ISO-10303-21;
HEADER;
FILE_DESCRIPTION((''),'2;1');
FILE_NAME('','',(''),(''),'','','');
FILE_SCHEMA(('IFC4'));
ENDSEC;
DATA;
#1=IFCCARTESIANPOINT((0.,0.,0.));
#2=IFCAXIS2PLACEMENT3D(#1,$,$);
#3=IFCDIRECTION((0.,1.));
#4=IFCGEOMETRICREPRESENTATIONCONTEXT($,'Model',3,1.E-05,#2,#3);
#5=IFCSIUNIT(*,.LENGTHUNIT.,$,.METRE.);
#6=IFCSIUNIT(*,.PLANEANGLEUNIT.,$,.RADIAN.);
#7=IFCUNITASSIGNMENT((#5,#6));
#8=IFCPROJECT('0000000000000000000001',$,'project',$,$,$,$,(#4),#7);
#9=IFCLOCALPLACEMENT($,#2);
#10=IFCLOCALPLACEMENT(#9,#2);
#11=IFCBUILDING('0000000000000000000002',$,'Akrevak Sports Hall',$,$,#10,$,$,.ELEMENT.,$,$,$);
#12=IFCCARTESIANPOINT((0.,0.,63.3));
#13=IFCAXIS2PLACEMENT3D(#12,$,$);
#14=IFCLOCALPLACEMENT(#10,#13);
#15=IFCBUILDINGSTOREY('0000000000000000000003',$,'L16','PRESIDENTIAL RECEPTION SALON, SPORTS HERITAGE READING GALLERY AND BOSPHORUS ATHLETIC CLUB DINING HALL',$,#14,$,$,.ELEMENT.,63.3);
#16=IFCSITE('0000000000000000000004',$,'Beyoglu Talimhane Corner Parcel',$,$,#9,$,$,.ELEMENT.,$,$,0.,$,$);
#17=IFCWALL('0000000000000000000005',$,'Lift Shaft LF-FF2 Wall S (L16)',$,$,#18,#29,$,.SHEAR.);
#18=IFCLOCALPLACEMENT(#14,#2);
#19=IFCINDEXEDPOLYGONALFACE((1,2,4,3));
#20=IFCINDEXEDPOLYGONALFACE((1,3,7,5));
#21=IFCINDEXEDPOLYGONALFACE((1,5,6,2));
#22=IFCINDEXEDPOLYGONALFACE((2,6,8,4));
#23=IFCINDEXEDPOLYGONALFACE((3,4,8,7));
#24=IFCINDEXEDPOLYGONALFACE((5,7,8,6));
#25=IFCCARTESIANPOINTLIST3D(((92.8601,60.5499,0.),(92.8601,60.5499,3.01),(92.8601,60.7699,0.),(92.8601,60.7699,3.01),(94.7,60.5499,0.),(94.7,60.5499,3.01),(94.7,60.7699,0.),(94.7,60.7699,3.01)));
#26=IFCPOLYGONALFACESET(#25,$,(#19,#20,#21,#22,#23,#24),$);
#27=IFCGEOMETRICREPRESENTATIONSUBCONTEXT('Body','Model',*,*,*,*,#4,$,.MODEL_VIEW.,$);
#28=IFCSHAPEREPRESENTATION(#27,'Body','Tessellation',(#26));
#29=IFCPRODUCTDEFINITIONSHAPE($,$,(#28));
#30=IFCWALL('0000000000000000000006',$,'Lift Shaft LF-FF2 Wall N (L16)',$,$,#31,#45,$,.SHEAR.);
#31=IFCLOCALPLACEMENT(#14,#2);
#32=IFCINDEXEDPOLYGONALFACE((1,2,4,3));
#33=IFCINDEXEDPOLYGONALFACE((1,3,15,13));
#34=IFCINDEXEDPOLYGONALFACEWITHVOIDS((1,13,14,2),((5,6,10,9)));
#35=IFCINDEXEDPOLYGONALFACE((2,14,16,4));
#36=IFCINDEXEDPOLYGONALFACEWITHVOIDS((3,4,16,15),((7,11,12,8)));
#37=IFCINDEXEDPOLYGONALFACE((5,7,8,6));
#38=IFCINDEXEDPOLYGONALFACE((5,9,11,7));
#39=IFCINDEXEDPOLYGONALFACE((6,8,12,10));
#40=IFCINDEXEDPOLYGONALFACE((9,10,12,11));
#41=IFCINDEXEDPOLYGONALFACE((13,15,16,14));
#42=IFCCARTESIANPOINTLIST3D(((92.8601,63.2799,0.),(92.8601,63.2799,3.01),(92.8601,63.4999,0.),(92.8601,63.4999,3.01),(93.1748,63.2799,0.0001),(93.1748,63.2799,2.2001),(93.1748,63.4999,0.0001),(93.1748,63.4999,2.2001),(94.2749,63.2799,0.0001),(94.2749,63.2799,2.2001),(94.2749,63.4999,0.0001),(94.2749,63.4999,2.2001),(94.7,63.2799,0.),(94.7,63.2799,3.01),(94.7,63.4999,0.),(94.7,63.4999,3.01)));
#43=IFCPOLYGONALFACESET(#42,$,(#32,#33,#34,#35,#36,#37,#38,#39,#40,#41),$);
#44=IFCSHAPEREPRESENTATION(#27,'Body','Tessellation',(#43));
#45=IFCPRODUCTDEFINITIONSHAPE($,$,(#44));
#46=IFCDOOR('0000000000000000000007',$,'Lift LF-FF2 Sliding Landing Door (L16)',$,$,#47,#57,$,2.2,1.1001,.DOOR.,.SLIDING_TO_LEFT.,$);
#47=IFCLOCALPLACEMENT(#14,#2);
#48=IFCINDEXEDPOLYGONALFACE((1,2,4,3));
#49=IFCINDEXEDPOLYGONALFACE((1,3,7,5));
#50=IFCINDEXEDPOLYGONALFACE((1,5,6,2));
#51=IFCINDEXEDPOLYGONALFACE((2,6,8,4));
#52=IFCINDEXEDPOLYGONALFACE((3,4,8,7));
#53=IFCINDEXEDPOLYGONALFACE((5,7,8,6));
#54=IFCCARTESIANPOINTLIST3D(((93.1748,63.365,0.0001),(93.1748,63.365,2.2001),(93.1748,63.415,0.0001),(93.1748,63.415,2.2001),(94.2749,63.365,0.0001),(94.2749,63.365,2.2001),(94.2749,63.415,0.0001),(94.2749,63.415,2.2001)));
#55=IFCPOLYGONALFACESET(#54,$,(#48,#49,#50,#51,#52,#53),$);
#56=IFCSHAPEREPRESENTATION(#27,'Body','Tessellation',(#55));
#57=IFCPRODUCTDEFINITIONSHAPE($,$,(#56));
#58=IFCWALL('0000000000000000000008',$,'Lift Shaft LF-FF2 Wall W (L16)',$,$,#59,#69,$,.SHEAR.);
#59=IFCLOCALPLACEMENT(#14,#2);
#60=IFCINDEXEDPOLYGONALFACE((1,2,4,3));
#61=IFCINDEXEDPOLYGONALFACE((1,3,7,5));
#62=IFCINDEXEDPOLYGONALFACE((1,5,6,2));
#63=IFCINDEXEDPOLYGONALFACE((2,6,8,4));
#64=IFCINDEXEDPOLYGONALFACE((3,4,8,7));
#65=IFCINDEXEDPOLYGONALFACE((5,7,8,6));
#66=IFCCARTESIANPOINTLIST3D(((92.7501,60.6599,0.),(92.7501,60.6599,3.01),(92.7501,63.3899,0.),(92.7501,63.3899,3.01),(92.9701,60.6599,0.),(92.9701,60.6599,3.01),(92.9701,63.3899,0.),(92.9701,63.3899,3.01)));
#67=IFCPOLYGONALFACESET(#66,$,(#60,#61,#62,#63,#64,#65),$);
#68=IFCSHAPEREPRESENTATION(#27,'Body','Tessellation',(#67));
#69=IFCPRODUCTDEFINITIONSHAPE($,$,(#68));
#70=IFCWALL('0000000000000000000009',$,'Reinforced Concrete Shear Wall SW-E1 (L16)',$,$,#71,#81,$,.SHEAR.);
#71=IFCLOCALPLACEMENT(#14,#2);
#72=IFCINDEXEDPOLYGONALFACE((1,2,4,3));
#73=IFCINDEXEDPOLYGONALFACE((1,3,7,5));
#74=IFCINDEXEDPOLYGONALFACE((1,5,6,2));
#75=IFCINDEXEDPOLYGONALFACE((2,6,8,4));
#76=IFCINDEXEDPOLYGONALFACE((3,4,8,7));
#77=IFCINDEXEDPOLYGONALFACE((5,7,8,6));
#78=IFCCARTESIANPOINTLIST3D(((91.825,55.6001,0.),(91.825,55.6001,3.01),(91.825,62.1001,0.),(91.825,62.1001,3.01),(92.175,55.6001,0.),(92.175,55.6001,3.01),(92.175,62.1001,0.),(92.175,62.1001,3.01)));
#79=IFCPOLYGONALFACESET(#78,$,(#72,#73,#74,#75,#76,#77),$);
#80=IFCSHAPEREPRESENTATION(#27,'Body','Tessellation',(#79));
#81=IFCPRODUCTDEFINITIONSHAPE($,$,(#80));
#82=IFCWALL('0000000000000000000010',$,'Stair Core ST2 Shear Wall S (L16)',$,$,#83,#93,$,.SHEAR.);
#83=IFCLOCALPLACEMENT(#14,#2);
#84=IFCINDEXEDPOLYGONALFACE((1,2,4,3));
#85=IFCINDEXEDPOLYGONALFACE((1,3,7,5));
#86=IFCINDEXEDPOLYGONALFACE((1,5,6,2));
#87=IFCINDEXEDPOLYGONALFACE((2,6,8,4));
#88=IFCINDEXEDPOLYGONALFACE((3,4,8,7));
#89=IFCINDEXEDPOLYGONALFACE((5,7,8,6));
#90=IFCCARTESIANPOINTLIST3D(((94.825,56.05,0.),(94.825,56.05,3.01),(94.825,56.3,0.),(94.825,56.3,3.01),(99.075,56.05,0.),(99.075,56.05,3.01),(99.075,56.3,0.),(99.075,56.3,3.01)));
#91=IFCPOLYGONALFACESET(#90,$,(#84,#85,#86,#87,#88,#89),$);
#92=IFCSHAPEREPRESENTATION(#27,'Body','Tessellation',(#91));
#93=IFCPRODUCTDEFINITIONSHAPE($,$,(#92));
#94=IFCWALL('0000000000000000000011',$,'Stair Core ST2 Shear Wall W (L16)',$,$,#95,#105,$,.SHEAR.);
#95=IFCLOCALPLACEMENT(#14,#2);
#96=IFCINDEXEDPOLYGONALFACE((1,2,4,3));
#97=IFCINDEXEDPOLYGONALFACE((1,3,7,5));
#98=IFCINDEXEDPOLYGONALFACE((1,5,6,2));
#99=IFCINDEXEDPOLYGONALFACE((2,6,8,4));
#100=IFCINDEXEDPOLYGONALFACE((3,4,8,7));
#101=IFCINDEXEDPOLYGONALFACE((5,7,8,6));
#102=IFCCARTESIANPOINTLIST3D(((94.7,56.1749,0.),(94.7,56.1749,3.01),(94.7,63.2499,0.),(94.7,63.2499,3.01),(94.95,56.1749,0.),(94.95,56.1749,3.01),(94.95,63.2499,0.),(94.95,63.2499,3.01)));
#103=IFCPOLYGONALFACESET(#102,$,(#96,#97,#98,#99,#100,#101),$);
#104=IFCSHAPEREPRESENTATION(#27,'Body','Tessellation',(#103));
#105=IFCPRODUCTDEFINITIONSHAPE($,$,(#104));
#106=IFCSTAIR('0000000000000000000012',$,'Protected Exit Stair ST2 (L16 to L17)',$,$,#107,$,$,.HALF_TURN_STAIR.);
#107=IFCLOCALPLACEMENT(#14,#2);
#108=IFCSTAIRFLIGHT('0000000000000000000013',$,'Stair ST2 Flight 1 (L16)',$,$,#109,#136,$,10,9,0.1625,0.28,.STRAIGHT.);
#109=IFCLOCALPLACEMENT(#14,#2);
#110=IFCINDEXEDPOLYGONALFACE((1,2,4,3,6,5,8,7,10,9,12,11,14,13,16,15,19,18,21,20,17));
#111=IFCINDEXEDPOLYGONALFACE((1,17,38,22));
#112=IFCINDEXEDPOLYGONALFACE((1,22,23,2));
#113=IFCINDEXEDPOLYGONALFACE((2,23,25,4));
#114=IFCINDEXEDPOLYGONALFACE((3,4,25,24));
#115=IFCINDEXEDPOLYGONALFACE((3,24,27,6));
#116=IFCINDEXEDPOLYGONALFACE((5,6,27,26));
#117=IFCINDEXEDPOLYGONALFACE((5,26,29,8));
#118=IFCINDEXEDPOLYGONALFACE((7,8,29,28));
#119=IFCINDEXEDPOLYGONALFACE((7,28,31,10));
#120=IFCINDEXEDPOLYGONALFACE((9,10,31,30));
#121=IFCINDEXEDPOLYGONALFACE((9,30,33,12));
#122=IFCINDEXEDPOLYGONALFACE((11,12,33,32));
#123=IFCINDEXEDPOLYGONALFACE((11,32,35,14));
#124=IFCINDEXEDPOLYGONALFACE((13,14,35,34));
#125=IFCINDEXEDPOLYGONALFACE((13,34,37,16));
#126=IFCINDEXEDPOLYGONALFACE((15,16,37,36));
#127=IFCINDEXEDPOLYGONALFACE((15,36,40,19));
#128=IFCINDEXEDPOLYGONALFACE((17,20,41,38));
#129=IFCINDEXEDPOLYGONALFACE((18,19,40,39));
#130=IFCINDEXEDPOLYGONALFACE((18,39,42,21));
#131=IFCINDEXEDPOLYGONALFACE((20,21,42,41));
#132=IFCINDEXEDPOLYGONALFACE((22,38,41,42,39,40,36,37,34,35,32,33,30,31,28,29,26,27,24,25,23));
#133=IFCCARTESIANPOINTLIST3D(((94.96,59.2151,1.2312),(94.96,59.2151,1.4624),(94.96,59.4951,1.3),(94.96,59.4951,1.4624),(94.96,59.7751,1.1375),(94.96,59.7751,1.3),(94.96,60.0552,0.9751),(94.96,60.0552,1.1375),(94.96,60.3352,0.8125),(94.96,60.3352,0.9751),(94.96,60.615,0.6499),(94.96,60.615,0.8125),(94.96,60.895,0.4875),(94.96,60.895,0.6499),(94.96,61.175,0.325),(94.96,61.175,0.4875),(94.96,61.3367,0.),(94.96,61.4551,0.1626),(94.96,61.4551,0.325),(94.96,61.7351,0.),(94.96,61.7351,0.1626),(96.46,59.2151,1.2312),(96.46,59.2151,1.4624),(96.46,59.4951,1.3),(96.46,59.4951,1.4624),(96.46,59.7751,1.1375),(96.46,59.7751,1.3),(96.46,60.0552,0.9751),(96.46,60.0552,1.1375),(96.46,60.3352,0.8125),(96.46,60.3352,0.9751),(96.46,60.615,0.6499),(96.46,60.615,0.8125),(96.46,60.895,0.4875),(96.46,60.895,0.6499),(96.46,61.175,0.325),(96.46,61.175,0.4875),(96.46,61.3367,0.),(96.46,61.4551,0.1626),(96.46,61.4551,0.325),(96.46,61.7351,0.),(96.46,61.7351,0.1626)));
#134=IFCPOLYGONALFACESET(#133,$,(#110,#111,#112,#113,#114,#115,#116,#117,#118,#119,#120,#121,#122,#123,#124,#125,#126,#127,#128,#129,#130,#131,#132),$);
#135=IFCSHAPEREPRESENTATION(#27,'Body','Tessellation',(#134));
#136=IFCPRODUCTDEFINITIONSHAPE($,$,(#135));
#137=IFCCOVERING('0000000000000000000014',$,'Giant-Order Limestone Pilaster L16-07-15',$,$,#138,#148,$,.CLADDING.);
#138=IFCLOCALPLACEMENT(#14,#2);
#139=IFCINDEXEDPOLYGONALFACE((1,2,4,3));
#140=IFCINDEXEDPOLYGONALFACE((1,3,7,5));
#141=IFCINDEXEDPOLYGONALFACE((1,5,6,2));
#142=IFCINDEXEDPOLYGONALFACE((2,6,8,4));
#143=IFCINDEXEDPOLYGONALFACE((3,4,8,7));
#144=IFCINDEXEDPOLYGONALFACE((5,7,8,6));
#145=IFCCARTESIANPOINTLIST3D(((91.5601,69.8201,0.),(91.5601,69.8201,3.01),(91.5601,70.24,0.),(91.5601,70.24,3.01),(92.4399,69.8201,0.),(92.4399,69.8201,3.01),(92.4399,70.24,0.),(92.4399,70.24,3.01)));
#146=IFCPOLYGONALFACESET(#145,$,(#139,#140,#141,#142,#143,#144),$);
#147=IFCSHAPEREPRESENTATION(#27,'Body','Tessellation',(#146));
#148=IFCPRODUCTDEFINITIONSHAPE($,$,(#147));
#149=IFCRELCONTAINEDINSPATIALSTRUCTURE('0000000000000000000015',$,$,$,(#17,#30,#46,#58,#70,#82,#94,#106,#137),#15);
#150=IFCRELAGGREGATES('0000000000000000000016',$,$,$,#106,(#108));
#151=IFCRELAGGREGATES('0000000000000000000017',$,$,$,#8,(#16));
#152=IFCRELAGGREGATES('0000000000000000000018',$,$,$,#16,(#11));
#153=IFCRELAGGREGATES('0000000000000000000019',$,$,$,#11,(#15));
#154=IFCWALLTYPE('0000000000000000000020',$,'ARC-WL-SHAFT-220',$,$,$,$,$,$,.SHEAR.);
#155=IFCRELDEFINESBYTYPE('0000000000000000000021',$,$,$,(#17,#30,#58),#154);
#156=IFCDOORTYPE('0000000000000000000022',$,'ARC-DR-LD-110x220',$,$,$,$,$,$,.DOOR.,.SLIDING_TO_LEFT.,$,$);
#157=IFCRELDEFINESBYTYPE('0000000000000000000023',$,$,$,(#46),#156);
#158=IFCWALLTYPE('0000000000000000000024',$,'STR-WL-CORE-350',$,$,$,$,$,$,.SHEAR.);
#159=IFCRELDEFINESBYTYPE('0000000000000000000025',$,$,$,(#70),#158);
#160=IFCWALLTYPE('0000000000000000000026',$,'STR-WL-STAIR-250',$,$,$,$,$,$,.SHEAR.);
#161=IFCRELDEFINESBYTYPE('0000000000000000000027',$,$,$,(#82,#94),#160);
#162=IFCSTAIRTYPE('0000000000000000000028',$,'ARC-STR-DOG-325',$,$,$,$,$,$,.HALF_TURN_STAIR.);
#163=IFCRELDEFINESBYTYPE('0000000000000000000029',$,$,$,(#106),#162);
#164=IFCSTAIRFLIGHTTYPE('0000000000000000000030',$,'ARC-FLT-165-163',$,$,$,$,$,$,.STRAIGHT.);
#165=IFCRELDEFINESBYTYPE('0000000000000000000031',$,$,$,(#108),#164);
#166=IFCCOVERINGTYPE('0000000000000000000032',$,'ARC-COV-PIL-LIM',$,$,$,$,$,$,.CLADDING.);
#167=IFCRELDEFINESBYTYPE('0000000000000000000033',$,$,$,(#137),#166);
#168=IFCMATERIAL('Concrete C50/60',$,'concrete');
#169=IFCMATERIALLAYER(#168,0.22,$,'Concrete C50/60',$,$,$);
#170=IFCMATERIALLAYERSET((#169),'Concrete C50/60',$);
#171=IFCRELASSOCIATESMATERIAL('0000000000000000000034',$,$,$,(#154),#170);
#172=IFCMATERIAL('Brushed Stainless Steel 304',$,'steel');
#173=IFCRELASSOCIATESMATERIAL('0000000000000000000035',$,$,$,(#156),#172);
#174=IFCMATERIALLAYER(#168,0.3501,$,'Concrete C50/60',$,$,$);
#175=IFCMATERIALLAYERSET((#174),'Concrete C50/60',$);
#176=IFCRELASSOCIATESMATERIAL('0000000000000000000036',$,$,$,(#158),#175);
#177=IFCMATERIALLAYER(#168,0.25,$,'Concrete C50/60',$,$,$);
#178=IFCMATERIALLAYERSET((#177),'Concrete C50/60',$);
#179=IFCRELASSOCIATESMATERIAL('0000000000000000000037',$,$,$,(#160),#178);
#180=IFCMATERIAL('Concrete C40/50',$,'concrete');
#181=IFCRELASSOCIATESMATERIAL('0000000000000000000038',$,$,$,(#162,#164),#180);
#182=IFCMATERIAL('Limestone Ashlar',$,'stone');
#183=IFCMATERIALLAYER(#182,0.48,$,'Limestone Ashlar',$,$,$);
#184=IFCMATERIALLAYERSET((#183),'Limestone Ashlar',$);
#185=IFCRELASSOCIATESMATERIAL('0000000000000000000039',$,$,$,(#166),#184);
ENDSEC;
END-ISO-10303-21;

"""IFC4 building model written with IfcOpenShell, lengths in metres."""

from ifc_helpers import new_model, si_unit, direction, frame, frame_2d, origin, origin_2d, place, context, subcontext, project, spatial, polyline, rectangle, outline, extrude, material, layer, layer_set, type_object, element, fill, aggregate, save


model = new_model("IFC4")

# Units and contexts
model_context = context("Model", 3, precision=1e-05, world=origin(), true_north=direction((0.0, 1.0)))
body_context = subcontext(model_context, "Body", "Model", "MODEL_VIEW")
ifc_project = project(units=[si_unit("LENGTHUNIT", "METRE"), si_unit("PLANEANGLEUNIT", "RADIAN")], contexts=[model_context])

# Site, building, storey
site_placement = place(None, origin())
site = spatial("IfcSite", under=ifc_project, at=site_placement, Name="Beyoglu Talimhane Corner Parcel", CompositionType="ELEMENT", RefElevation=0.0)
building_placement = place(site_placement, origin())
building = spatial("IfcBuilding", under=site, at=building_placement, Name="Akrevak Sports Hall", CompositionType="ELEMENT")
storey_placement = place(building_placement, frame((0.0, 0.0, 63.3)))
storey = spatial("IfcBuildingStorey", under=building, at=storey_placement, Name="L16", Description="PRESIDENTIAL RECEPTION SALON, SPORTS HERITAGE READING GALLERY AND BOSPHORUS ATHLETIC CLUB DINING HALL", CompositionType="ELEMENT", Elevation=63.3)

# Shared definitions
ifc_material_1 = material(Name="Concrete C40/50", Category="concrete")

# Wall
ifc_material_2 = material(Name="Concrete C50/60", Category="concrete")
ifc_layer_1 = layer(ifc_material_2, 0.22, Name="Concrete C50/60")
ifc_layer_set_1 = layer_set([ifc_layer_1], Name="Concrete C50/60")
wall_type_1 = type_object("IfcWallType", Name="ARC-WL-SHAFT-220", PredefinedType="SHEAR", material=ifc_layer_set_1)
wall_1_placement = place(storey_placement, frame((92.8601, 60.6599, 0.0), z_axis=(0.0, 0.0, 1.0), x_axis=(1.0, 0.0, 0.0)))
element("IfcWall", 1, at=wall_1_placement, inside=storey, type_object=wall_type_1, Name="Lift Shaft LF-FF2 Wall S (L16)", PredefinedType="SHEAR", context=body_context, shape_type="SweptSolid", body=[
    extrude(rectangle(XDim=1.8398, YDim=0.22, at=frame_2d((0.9199, 0.0))), origin(), (0.0, 0.0, 1.0), 3.01),
])

# Wall, opening, door
wall_2_placement = place(storey_placement, frame((94.7, 63.3899, 0.0), z_axis=(0.0, 0.0, 1.0), x_axis=(-1.0, 0.0, 0.0)))
wall_2 = element("IfcWall", 2, at=wall_2_placement, inside=storey, type_object=wall_type_1, Name="Lift Shaft LF-FF2 Wall N (L16)", PredefinedType="SHEAR", context=body_context, shape_type="SweptSolid", body=[
    extrude(rectangle(XDim=1.8398, YDim=0.22, at=frame_2d((0.9199, 0.0))), origin(), (0.0, 0.0, 1.0), 3.01),
])
opening_1_placement = place(wall_2_placement, frame((0.425, 0.0, 0.0)))
opening_1 = element("IfcOpeningElement", 3, at=opening_1_placement, cuts=wall_2, PredefinedType="OPENING", context=body_context, shape_type="SweptSolid", body=[
    extrude(rectangle(XDim=1.1001, YDim=2.2, at=frame_2d((0.55, 1.1001))), frame((0.0, 0.1221, 0.0), z_axis=(0.0, -1.0, 0.0), x_axis=(1.0, 0.0, 0.0)), (0.0, 0.0, 1.0), 0.2439),
])
ifc_material_3 = material(Name="Brushed Stainless Steel 304", Category="steel")
door_type_1 = type_object("IfcDoorType", Name="ARC-DR-LD-110x220", OperationType="SLIDING_TO_LEFT", PredefinedType="DOOR", material=ifc_material_3)
door_1_placement = place(opening_1_placement, origin())
door_1 = element("IfcDoor", 4, at=door_1_placement, inside=storey, type_object=door_type_1, Name="Lift LF-FF2 Sliding Landing Door (L16)", OperationType="SLIDING_TO_LEFT", OverallHeight=2.2, OverallWidth=1.1001, PredefinedType="DOOR", context=body_context, shape_type="SweptSolid", body=[
    extrude(rectangle(XDim=1.1001, YDim=2.2, at=frame_2d((0.55, 1.1001))), frame((0.0, 0.0249, 0.0), z_axis=(0.0, -1.0, 0.0), x_axis=(1.0, 0.0, 0.0)), (0.0, 0.0, 1.0), 0.05),
])
fill(opening_1, door_1)

# Walls
wall_3_placement = place(storey_placement, frame((92.8601, 63.3899, 0.0), z_axis=(0.0, 0.0, 1.0), x_axis=(0.0, -1.0, 0.0)))
element("IfcWall", 5, at=wall_3_placement, inside=storey, type_object=wall_type_1, Name="Lift Shaft LF-FF2 Wall W (L16)", PredefinedType="SHEAR", context=body_context, shape_type="SweptSolid", body=[
    extrude(rectangle(XDim=2.73, YDim=0.22, at=frame_2d((1.365, 0.0))), origin(), (0.0, 0.0, 1.0), 3.01),
])
ifc_layer_2 = layer(ifc_material_2, 0.3501, Name="Concrete C50/60")
ifc_layer_set_2 = layer_set([ifc_layer_2], Name="Concrete C50/60")
wall_type_2 = type_object("IfcWallType", Name="STR-WL-CORE-350", PredefinedType="SHEAR", material=ifc_layer_set_2)
wall_4_placement = place(storey_placement, frame((92.0, 55.6001, 0.0), z_axis=(0.0, 0.0, 1.0), x_axis=(0.0, 1.0, 0.0)))
element("IfcWall", 6, at=wall_4_placement, inside=storey, type_object=wall_type_2, Name="Reinforced Concrete Shear Wall SW-E1 (L16)", PredefinedType="SHEAR", context=body_context, shape_type="SweptSolid", body=[
    extrude(rectangle(XDim=6.5, YDim=0.3501, at=frame_2d((3.25, 0.0))), origin(), (0.0, 0.0, 1.0), 3.01),
])
ifc_layer_3 = layer(ifc_material_2, 0.25, Name="Concrete C50/60")
ifc_layer_set_3 = layer_set([ifc_layer_3], Name="Concrete C50/60")
wall_type_3 = type_object("IfcWallType", Name="STR-WL-STAIR-250", PredefinedType="SHEAR", material=ifc_layer_set_3)
wall_5_placement = place(storey_placement, frame((94.825, 56.175, 0.0), z_axis=(0.0, 0.0, 1.0), x_axis=(1.0, 0.0, 0.0)))
element("IfcWall", 7, at=wall_5_placement, inside=storey, type_object=wall_type_3, Name="Stair Core ST2 Shear Wall S (L16)", PredefinedType="SHEAR", context=body_context, shape_type="SweptSolid", body=[
    extrude(rectangle(XDim=4.25, YDim=0.25, at=frame_2d((2.125, 0.0))), origin(), (0.0, 0.0, 1.0), 3.01),
])
wall_6_placement = place(storey_placement, frame((94.825, 63.25, 0.0), z_axis=(0.0, 0.0, 1.0), x_axis=(0.0, -1.0, 0.0)))
element("IfcWall", 8, at=wall_6_placement, inside=storey, type_object=wall_type_3, Name="Stair Core ST2 Shear Wall W (L16)", PredefinedType="SHEAR", context=body_context, shape_type="SweptSolid", body=[
    extrude(rectangle(XDim=7.075, YDim=0.25, at=frame_2d((3.5376, 0.0))), origin(), (0.0, 0.0, 1.0), 3.01),
])

# Stair, stair flight
stair_type = type_object("IfcStairType", Name="ARC-STR-DOG-325", PredefinedType="HALF_TURN_STAIR", material=ifc_material_1)
stair_placement = place(storey_placement, origin())
stair = element("IfcStair", 9, at=stair_placement, inside=storey, type_object=stair_type, Name="Protected Exit Stair ST2 (L16 to L17)", PredefinedType="HALF_TURN_STAIR")
stair_flight_type = type_object("IfcStairFlightType", Name="ARC-FLT-165-163", PredefinedType="STRAIGHT", material=ifc_material_1)
stair_flight_placement = place(storey_placement, frame((95.71, 61.7351, 0.0), z_axis=(0.0, 0.0, 1.0), x_axis=(0.0, -1.0, 0.0)))
stair_flight = element("IfcStairFlight", 10, at=stair_flight_placement, type_object=stair_flight_type, Name="Stair ST2 Flight 1 (L16)", NumberOfRisers=10, NumberOfTreads=9, PredefinedType="STRAIGHT", RiserHeight=0.1625, TreadLength=0.28, context=body_context, shape_type="SweptSolid", body=[
    extrude(outline(polyline([(0.0, 0.0), (0.0, 0.1626), (0.28, 0.1626), (0.28, 0.325), (0.5601, 0.325), (0.5601, 0.4875), (0.8401, 0.4875), (0.8401, 0.6499), (1.1201, 0.6499), (1.1201, 0.8125), (1.3999, 0.8125), (1.3999, 0.9751), (1.6799, 0.9751), (1.6799, 1.1375), (1.96, 1.1375), (1.96, 1.3), (2.24, 1.3), (2.24, 1.4624), (2.52, 1.4624), (2.52, 1.625), (2.52, 1.2312), (0.3984, 0.0), (0.0, 0.0)])), frame((0.0, 0.75, 0.0), z_axis=(0.0, -1.0, 0.0), x_axis=(1.0, 0.0, 0.0)), (0.0, 0.0, 1.0), 1.5),
])
aggregate(stair, [stair_flight])

# Covering
ifc_material_4 = material(Name="Limestone Ashlar", Category="stone")
ifc_layer_4 = layer(ifc_material_4, 0.48, Name="Limestone Ashlar")
ifc_layer_set_4 = layer_set([ifc_layer_4], Name="Limestone Ashlar")
covering_type = type_object("IfcCoveringType", Name="ARC-COV-PIL-LIM", PredefinedType="CLADDING", material=ifc_layer_set_4)
covering_placement = place(storey_placement, frame((92.0, 70.03, 0.0), z_axis=(0.0, 0.0, 1.0), x_axis=(-1.0, 0.0, 0.0)))
element("IfcCovering", 11, at=covering_placement, inside=storey, type_object=covering_type, Name="Giant-Order Limestone Pilaster L16-07-15", PredefinedType="CLADDING", context=body_context, shape_type="SweptSolid", body=[
    extrude(rectangle(XDim=0.8799, YDim=0.4199, at=origin_2d()), origin(), (0.0, 0.0, 1.0), 3.01),
])

save(model, "model.ifc")
